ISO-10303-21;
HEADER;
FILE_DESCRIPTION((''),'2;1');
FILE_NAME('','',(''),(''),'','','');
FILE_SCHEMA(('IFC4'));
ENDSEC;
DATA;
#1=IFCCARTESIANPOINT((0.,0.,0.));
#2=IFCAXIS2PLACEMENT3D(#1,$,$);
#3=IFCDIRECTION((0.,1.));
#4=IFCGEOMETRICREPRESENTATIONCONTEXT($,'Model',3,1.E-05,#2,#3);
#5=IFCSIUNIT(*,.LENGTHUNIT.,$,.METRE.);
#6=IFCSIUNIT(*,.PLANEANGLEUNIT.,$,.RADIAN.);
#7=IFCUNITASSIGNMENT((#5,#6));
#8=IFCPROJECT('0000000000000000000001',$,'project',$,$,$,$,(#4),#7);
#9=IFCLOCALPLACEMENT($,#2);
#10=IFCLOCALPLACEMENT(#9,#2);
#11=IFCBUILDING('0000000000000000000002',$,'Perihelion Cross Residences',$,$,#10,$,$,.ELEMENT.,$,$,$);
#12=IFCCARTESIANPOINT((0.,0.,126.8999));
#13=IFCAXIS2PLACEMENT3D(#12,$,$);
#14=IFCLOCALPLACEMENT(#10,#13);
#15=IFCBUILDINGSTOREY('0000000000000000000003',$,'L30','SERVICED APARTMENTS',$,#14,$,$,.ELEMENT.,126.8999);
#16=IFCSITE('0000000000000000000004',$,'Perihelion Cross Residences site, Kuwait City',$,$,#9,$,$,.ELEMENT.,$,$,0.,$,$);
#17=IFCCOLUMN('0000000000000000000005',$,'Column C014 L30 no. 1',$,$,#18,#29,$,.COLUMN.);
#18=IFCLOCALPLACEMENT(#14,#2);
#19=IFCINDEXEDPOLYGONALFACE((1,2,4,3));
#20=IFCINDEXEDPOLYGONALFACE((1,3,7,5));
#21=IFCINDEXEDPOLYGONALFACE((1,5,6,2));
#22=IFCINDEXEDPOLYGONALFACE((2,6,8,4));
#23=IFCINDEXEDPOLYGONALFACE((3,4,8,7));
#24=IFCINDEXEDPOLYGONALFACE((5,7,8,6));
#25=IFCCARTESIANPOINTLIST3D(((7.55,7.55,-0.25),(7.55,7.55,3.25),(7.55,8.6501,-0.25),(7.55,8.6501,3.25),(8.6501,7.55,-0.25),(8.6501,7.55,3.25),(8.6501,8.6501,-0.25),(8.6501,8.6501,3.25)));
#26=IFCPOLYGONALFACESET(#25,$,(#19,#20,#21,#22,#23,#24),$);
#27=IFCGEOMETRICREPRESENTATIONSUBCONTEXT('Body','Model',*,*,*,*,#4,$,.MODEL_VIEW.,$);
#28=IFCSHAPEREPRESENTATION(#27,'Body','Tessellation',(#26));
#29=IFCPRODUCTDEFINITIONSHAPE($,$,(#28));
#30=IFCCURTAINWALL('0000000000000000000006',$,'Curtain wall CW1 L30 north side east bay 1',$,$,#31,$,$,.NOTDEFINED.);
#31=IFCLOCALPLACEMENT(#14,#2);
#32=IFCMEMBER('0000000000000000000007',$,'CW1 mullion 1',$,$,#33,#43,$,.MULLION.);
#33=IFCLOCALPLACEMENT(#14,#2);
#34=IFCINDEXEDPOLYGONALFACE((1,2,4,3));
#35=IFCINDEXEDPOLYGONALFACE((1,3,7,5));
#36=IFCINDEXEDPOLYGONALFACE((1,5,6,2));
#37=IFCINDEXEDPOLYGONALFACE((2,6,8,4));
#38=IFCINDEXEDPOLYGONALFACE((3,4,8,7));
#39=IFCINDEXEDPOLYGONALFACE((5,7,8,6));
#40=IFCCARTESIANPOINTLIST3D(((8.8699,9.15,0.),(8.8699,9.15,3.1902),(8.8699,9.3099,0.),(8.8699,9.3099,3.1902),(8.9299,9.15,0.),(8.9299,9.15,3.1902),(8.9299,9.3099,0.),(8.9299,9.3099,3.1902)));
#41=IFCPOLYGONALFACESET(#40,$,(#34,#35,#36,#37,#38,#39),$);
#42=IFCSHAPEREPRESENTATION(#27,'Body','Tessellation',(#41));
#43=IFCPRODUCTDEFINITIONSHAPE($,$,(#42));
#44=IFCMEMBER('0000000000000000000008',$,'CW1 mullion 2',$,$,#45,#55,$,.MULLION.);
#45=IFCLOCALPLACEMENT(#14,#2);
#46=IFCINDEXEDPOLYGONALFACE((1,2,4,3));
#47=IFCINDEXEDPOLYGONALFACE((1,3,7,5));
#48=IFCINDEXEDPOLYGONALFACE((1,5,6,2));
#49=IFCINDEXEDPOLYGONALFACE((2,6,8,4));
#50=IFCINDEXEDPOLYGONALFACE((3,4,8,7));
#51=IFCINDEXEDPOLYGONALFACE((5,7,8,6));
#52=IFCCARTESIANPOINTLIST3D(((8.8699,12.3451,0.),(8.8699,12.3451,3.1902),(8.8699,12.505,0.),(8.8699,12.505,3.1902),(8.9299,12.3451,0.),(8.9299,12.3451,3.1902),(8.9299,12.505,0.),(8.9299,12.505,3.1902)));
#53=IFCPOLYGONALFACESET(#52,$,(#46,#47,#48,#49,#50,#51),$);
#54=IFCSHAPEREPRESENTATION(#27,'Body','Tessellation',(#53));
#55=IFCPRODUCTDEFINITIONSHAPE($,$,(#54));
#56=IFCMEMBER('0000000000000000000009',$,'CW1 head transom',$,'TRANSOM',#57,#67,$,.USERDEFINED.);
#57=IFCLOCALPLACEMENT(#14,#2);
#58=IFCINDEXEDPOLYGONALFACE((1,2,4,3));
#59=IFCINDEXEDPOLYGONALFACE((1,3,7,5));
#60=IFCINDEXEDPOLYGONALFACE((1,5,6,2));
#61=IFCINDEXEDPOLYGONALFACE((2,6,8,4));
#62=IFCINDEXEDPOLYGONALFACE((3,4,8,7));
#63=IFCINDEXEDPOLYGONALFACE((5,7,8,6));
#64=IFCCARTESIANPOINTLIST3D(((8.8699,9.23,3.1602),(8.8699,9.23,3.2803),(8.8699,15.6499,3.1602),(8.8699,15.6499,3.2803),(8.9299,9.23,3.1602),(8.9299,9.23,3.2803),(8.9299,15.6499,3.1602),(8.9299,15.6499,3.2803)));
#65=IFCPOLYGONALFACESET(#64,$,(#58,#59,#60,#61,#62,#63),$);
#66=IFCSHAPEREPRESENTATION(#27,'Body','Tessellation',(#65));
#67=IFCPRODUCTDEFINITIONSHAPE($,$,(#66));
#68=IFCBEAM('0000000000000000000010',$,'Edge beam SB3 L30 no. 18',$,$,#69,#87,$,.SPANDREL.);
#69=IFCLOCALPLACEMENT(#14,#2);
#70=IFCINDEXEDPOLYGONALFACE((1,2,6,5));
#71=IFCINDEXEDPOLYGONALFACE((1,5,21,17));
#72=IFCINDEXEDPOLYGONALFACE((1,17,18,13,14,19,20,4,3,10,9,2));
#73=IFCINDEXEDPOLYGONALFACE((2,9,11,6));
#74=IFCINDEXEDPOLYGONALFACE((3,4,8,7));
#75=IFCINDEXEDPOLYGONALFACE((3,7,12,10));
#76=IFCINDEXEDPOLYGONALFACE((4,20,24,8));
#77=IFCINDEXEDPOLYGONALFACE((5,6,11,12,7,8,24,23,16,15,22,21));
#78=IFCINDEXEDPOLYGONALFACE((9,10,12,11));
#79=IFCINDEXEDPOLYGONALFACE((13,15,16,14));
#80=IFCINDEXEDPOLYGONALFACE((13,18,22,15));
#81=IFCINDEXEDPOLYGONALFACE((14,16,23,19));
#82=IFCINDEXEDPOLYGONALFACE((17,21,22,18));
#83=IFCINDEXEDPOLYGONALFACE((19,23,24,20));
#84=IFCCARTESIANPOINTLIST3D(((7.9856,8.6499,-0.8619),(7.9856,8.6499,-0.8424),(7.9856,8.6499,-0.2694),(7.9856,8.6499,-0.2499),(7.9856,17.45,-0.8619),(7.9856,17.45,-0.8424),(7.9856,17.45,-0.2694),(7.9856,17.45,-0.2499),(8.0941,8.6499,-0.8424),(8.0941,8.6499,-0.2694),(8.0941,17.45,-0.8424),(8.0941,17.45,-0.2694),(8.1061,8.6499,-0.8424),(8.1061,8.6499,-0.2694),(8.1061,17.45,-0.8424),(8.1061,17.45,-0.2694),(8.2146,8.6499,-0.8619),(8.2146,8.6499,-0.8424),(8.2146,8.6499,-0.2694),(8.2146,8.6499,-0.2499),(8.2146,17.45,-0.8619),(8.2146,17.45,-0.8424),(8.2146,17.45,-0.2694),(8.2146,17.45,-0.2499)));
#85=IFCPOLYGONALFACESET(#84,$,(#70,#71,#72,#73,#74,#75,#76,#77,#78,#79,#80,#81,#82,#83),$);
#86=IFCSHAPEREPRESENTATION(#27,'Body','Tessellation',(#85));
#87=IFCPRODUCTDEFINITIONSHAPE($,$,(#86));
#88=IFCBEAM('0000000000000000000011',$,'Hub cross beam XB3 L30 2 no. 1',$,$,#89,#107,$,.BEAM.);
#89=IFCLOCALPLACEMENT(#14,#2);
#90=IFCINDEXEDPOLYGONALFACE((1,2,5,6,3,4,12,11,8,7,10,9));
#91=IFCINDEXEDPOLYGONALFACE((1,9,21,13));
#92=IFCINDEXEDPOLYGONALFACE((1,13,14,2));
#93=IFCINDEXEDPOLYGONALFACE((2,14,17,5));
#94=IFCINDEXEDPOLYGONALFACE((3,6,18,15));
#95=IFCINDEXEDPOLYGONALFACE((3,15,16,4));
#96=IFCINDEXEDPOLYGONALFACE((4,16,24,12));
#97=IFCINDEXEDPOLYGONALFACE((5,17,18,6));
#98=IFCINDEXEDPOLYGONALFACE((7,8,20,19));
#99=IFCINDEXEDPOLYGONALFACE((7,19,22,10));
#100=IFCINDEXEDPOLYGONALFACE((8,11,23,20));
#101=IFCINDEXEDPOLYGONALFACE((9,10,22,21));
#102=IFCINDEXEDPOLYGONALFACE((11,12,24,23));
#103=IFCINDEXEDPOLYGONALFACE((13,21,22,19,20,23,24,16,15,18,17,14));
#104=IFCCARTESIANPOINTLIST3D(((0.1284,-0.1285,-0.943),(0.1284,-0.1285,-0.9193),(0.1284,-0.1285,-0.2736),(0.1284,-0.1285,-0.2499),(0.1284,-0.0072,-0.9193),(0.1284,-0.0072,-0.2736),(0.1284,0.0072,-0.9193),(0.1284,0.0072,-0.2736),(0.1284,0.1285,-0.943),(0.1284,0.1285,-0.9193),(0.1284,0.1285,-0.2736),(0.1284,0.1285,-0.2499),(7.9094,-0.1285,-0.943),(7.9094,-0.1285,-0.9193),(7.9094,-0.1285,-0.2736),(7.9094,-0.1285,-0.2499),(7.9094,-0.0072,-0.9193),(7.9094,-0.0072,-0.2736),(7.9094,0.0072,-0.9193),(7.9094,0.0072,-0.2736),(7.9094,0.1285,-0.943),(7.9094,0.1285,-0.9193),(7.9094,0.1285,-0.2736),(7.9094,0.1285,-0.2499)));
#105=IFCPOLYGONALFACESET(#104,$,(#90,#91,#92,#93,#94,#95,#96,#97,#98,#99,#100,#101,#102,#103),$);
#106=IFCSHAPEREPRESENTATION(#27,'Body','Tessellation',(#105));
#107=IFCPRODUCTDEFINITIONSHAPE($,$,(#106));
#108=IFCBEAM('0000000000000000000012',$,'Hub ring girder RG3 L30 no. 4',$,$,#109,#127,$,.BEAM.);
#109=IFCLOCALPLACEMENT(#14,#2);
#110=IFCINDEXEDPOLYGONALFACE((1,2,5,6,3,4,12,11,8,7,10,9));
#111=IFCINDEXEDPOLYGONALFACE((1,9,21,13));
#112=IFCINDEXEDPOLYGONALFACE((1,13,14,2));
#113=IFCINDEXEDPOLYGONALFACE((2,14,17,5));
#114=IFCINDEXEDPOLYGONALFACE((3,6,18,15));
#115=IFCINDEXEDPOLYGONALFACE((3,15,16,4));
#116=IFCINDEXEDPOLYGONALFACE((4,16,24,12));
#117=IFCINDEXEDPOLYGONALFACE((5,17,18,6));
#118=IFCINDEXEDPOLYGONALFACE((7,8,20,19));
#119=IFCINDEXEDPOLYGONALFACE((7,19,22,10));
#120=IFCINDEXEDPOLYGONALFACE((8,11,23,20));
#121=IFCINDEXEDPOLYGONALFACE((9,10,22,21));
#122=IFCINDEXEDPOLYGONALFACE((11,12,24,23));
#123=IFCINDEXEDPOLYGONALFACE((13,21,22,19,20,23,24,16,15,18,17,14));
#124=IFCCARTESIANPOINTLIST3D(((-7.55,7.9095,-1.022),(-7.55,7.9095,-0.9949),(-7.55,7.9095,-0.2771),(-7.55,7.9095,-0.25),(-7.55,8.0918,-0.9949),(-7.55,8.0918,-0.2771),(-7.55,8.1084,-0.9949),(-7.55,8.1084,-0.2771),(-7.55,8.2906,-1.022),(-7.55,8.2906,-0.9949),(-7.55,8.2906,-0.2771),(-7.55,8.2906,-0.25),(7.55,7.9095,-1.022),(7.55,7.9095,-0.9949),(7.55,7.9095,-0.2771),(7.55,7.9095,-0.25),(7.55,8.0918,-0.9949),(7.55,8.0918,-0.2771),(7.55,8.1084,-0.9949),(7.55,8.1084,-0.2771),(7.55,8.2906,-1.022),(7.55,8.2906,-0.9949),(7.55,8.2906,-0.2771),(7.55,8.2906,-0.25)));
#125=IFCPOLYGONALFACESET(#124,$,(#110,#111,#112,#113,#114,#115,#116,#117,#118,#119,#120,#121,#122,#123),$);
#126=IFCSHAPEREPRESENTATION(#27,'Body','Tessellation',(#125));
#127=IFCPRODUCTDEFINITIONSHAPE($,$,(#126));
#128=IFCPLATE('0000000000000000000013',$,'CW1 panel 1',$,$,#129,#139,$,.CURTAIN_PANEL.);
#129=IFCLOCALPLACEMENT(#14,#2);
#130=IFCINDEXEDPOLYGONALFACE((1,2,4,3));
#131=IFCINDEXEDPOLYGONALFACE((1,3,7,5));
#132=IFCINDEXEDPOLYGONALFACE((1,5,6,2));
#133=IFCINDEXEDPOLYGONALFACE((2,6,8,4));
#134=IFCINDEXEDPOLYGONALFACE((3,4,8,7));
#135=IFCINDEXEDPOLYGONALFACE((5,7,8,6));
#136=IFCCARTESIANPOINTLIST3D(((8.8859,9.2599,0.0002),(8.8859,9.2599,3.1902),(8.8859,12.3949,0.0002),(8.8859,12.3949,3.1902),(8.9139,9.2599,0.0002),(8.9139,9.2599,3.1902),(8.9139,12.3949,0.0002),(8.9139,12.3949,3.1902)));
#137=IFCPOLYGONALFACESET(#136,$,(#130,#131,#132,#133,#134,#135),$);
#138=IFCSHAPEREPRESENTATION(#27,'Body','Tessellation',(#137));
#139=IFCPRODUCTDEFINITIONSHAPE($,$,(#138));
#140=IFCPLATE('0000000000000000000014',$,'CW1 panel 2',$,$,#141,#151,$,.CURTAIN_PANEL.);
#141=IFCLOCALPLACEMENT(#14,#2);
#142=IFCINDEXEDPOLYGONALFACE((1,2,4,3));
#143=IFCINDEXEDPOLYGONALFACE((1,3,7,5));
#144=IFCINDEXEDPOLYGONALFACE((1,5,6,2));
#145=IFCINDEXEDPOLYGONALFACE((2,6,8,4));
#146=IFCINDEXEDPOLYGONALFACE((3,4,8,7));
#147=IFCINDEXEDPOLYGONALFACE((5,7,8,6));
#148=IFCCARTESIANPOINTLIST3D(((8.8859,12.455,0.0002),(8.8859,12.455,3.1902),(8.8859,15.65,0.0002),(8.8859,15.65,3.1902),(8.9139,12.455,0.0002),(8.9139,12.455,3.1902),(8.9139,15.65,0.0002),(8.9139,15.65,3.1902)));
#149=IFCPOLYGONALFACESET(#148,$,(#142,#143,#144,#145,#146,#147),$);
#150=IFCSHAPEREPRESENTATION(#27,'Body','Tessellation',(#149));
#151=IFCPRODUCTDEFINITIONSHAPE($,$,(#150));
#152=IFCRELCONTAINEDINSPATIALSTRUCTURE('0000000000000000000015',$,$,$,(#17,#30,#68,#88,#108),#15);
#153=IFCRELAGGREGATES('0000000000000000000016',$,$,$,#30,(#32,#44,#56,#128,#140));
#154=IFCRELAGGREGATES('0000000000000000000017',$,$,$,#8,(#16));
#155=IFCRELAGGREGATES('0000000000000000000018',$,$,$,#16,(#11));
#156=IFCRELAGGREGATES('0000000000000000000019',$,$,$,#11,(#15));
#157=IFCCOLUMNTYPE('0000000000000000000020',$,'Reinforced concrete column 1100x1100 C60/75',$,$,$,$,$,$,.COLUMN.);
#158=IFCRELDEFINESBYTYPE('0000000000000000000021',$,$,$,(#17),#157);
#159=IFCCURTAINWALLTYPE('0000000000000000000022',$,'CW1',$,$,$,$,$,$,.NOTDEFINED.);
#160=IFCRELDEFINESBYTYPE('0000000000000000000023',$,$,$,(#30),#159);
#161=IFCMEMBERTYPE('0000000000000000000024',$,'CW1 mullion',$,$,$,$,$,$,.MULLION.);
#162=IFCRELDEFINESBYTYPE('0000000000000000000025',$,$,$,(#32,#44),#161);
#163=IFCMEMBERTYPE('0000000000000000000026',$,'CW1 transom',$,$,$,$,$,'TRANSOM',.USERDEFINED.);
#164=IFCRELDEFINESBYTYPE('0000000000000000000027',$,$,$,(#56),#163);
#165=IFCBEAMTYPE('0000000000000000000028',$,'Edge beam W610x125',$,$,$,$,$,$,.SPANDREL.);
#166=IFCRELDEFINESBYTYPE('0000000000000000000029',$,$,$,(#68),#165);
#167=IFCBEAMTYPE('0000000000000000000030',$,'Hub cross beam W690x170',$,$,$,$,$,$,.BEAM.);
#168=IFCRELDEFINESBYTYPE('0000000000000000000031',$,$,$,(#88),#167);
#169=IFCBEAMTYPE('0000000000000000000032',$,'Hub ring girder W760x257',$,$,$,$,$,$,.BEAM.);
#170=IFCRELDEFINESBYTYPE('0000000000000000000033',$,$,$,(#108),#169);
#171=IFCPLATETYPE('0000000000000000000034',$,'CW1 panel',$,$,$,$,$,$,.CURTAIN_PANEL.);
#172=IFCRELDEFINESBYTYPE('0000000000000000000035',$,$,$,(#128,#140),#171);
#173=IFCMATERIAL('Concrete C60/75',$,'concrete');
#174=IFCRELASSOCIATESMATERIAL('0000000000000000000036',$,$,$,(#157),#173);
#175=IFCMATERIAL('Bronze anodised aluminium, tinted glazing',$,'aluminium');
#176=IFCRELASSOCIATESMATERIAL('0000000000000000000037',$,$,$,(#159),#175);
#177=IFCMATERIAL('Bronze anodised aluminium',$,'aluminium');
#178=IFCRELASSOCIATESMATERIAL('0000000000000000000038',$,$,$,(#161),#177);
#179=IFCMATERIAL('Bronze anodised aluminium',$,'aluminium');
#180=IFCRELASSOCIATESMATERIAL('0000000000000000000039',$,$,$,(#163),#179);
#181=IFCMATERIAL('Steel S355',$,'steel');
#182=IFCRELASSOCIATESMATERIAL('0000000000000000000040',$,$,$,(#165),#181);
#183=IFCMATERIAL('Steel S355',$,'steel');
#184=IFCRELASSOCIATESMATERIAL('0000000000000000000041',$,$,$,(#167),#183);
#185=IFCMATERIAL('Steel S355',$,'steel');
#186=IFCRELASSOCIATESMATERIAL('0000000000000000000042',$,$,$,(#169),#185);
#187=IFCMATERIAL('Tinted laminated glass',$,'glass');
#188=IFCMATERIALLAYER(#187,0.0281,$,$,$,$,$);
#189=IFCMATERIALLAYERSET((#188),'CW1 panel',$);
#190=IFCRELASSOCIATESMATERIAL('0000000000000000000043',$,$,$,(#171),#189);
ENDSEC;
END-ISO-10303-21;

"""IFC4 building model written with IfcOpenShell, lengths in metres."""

from ifc_helpers import new_model, si_unit, direction, frame, origin, origin_2d, place, context, subcontext, project, spatial, rectangle, i_section, extrude, material, layer, layer_set, material_profile, profile_set, type_object, element, aggregate, save


model = new_model("IFC4")

# Units and contexts
model_context = context("Model", 3, precision=1e-05, world=origin(), true_north=direction((0.0, 1.0)))
body_context = subcontext(model_context, "Body", "Model", "MODEL_VIEW")
ifc_project = project(units=[si_unit("LENGTHUNIT", "METRE"), si_unit("PLANEANGLEUNIT", "RADIAN")], contexts=[model_context])

# Site, building, storey
site_placement = place(None, origin())
site = spatial("IfcSite", under=ifc_project, at=site_placement, Name="Perihelion Cross Residences site, Kuwait City", CompositionType="ELEMENT", RefElevation=0.0)
building_placement = place(site_placement, origin())
building = spatial("IfcBuilding", under=site, at=building_placement, Name="Perihelion Cross Residences", CompositionType="ELEMENT")
storey_placement = place(building_placement, frame((0.0, 0.0, 126.8999)))
storey = spatial("IfcBuildingStorey", under=building, at=storey_placement, Name="L30", Description="SERVICED APARTMENTS", CompositionType="ELEMENT", Elevation=126.8999)

# Column
ifc_material_1 = material(Name="Concrete C60/75", Category="concrete")
ifc_material_profile_1 = material_profile(ifc_material_1, rectangle(XDim=1.1001, YDim=1.1001, at=origin_2d()), Name="RC 1100x1100")
ifc_profile_set_1 = profile_set([ifc_material_profile_1], Name="Concrete C60/75")
column_type = type_object("IfcColumnType", Name="Reinforced concrete column 1100x1100 C60/75", PredefinedType="COLUMN", material=ifc_profile_set_1)
column_placement = place(storey_placement, frame((8.1001, 8.1001, -0.25), z_axis=(0.0, 0.0, 1.0), x_axis=(1.0, 0.0, 0.0)))
element("IfcColumn", 1, at=column_placement, inside=storey, type_object=column_type, Name="Column C014 L30 no. 1", PredefinedType="COLUMN", context=body_context, shape_type="SweptSolid", body=[
    extrude(rectangle(XDim=1.1001, YDim=1.1001, at=origin_2d()), origin(), (0.0, 0.0, 1.0), 3.5),
])

# Curtain wall, members
ifc_material_2 = material(Name="Bronze anodised aluminium, tinted glazing", Category="aluminium")
curtain_wall_type = type_object("IfcCurtainWallType", Name="CW1", PredefinedType="NOTDEFINED", material=ifc_material_2)
curtain_wall_placement = place(storey_placement, origin())
curtain_wall = element("IfcCurtainWall", 2, at=curtain_wall_placement, inside=storey, type_object=curtain_wall_type, Name="Curtain wall CW1 L30 north side east bay 1", PredefinedType="NOTDEFINED")
ifc_material_3 = material(Name="Bronze anodised aluminium", Category="aluminium")
ifc_material_profile_2 = material_profile(ifc_material_3, rectangle(XDim=0.0601, YDim=0.1599, at=origin_2d()), Name="CW1 mullion")
ifc_profile_set_2 = profile_set([ifc_material_profile_2], Name="Bronze anodised aluminium")
member_type_1 = type_object("IfcMemberType", Name="CW1 mullion", PredefinedType="MULLION", material=ifc_profile_set_2)
member_1_placement = place(storey_placement, frame((8.8999, 9.23, 0.0), z_axis=(0.0, 0.0, 1.0), x_axis=(-1.0, 0.0, 0.0)))
member_1 = element("IfcMember", 3, at=member_1_placement, type_object=member_type_1, Name="CW1 mullion 1", PredefinedType="MULLION", context=body_context, shape_type="SweptSolid", body=[
    extrude(rectangle(XDim=0.0601, YDim=0.1599, at=origin_2d()), origin(), (0.0, 0.0, 1.0), 3.1902),
])
member_2_placement = place(storey_placement, frame((8.8999, 12.425, 0.0), z_axis=(0.0, 0.0, 1.0), x_axis=(-1.0, 0.0, 0.0)))
member_2 = element("IfcMember", 4, at=member_2_placement, type_object=member_type_1, Name="CW1 mullion 2", PredefinedType="MULLION", context=body_context, shape_type="SweptSolid", body=[
    extrude(rectangle(XDim=0.0601, YDim=0.1599, at=origin_2d()), origin(), (0.0, 0.0, 1.0), 3.1902),
])
ifc_material_4 = material(Name="Bronze anodised aluminium", Category="aluminium")
ifc_material_profile_3 = material_profile(ifc_material_4, rectangle(XDim=0.0601, YDim=0.1201, at=origin_2d()), Name="CW1 transom")
ifc_profile_set_3 = profile_set([ifc_material_profile_3], Name="Bronze anodised aluminium")
member_type_2 = type_object("IfcMemberType", Name="CW1 transom", ElementType="TRANSOM", PredefinedType="USERDEFINED", material=ifc_profile_set_3)
member_3_placement = place(storey_placement, frame((8.8999, 9.23, 3.2202), z_axis=(0.0, 1.0, 0.0), x_axis=(-1.0, 0.0, 0.0)))
member_3 = element("IfcMember", 5, at=member_3_placement, type_object=member_type_2, Name="CW1 head transom", ObjectType="TRANSOM", PredefinedType="USERDEFINED", context=body_context, shape_type="SweptSolid", body=[
    extrude(rectangle(XDim=0.0601, YDim=0.1201, at=origin_2d()), origin(), (0.0, 0.0, 1.0), 6.4199),
])

# Beams
ifc_material_5 = material(Name="Steel S355", Category="steel")
ifc_material_profile_4 = material_profile(ifc_material_5, i_section(OverallWidth=0.229, OverallDepth=0.6121, WebThickness=0.012, FlangeThickness=0.0195, at=origin_2d()), Name="W610x125")
ifc_profile_set_4 = profile_set([ifc_material_profile_4], Name="Steel S355")
beam_type_1 = type_object("IfcBeamType", Name="Edge beam W610x125", PredefinedType="SPANDREL", material=ifc_profile_set_4)
beam_1_placement = place(storey_placement, frame((8.1001, 8.6499, -0.5559), z_axis=(0.0, 1.0, 0.0), x_axis=(-1.0, 0.0, 0.0)))
element("IfcBeam", 6, at=beam_1_placement, inside=storey, type_object=beam_type_1, Name="Edge beam SB3 L30 no. 18", PredefinedType="SPANDREL", context=body_context, shape_type="SweptSolid", body=[
    extrude(i_section(OverallWidth=0.229, OverallDepth=0.6121, WebThickness=0.012, FlangeThickness=0.0195, at=origin_2d()), origin(), (0.0, 0.0, 1.0), 8.8),
])
ifc_material_6 = material(Name="Steel S355", Category="steel")
ifc_material_profile_5 = material_profile(ifc_material_6, i_section(OverallWidth=0.2571, OverallDepth=0.6931, WebThickness=0.0144, FlangeThickness=0.0237, at=origin_2d()), Name="W690x170")
ifc_profile_set_5 = profile_set([ifc_material_profile_5], Name="Steel S355")
beam_type_2 = type_object("IfcBeamType", Name="Hub cross beam W690x170", PredefinedType="BEAM", material=ifc_profile_set_5)
beam_2_placement = place(storey_placement, frame((0.1284, 0.0, -0.5964), z_axis=(1.0, 0.0, 0.0), x_axis=(0.0, 1.0, 0.0)))
element("IfcBeam", 7, at=beam_2_placement, inside=storey, type_object=beam_type_2, Name="Hub cross beam XB3 L30 2 no. 1", PredefinedType="BEAM", context=body_context, shape_type="SweptSolid", body=[
    extrude(i_section(OverallWidth=0.2571, OverallDepth=0.6931, WebThickness=0.0144, FlangeThickness=0.0237, at=origin_2d()), origin(), (0.0, 0.0, 1.0), 7.781),
])
ifc_material_7 = material(Name="Steel S355", Category="steel")
ifc_material_profile_6 = material_profile(ifc_material_7, i_section(OverallWidth=0.3811, OverallDepth=0.772, WebThickness=0.0166, FlangeThickness=0.0271, at=origin_2d()), Name="W760x257")
ifc_profile_set_6 = profile_set([ifc_material_profile_6], Name="Steel S355")
beam_type_3 = type_object("IfcBeamType", Name="Hub ring girder W760x257", PredefinedType="BEAM", material=ifc_profile_set_6)
beam_3_placement = place(storey_placement, frame((7.55, 8.1001, -0.636), z_axis=(-1.0, 0.0, 0.0), x_axis=(0.0, -1.0, 0.0)))
element("IfcBeam", 8, at=beam_3_placement, inside=storey, type_object=beam_type_3, Name="Hub ring girder RG3 L30 no. 4", PredefinedType="BEAM", context=body_context, shape_type="SweptSolid", body=[
    extrude(i_section(OverallWidth=0.3811, OverallDepth=0.772, WebThickness=0.0166, FlangeThickness=0.0271, at=origin_2d()), origin(), (0.0, 0.0, 1.0), 15.1001),
])

# Plates
ifc_material_8 = material(Name="Tinted laminated glass", Category="glass")
ifc_layer_1 = layer(ifc_material_8, 0.0281)
ifc_layer_set_1 = layer_set([ifc_layer_1], Name="CW1 panel")
plate_type = type_object("IfcPlateType", Name="CW1 panel", PredefinedType="CURTAIN_PANEL", material=ifc_layer_set_1)
plate_1_placement = place(storey_placement, frame((8.8999, 10.8274, 0.0002), z_axis=(0.0, 0.0, 1.0), x_axis=(0.0, 1.0, 0.0)))
plate_1 = element("IfcPlate", 9, at=plate_1_placement, type_object=plate_type, Name="CW1 panel 1", PredefinedType="CURTAIN_PANEL", context=body_context, shape_type="SweptSolid", body=[
    extrude(rectangle(XDim=3.135, YDim=0.0281, at=origin_2d()), origin(), (0.0, 0.0, 1.0), 3.1899),
])
plate_2_placement = place(storey_placement, frame((8.8999, 14.0525, 0.0002), z_axis=(0.0, 0.0, 1.0), x_axis=(0.0, 1.0, 0.0)))
plate_2 = element("IfcPlate", 10, at=plate_2_placement, type_object=plate_type, Name="CW1 panel 2", PredefinedType="CURTAIN_PANEL", context=body_context, shape_type="SweptSolid", body=[
    extrude(rectangle(XDim=3.1951, YDim=0.0281, at=origin_2d()), origin(), (0.0, 0.0, 1.0), 3.1899),
])
aggregate(curtain_wall, [member_1, member_2, member_3, plate_1, plate_2])

save(model, "model.ifc")
